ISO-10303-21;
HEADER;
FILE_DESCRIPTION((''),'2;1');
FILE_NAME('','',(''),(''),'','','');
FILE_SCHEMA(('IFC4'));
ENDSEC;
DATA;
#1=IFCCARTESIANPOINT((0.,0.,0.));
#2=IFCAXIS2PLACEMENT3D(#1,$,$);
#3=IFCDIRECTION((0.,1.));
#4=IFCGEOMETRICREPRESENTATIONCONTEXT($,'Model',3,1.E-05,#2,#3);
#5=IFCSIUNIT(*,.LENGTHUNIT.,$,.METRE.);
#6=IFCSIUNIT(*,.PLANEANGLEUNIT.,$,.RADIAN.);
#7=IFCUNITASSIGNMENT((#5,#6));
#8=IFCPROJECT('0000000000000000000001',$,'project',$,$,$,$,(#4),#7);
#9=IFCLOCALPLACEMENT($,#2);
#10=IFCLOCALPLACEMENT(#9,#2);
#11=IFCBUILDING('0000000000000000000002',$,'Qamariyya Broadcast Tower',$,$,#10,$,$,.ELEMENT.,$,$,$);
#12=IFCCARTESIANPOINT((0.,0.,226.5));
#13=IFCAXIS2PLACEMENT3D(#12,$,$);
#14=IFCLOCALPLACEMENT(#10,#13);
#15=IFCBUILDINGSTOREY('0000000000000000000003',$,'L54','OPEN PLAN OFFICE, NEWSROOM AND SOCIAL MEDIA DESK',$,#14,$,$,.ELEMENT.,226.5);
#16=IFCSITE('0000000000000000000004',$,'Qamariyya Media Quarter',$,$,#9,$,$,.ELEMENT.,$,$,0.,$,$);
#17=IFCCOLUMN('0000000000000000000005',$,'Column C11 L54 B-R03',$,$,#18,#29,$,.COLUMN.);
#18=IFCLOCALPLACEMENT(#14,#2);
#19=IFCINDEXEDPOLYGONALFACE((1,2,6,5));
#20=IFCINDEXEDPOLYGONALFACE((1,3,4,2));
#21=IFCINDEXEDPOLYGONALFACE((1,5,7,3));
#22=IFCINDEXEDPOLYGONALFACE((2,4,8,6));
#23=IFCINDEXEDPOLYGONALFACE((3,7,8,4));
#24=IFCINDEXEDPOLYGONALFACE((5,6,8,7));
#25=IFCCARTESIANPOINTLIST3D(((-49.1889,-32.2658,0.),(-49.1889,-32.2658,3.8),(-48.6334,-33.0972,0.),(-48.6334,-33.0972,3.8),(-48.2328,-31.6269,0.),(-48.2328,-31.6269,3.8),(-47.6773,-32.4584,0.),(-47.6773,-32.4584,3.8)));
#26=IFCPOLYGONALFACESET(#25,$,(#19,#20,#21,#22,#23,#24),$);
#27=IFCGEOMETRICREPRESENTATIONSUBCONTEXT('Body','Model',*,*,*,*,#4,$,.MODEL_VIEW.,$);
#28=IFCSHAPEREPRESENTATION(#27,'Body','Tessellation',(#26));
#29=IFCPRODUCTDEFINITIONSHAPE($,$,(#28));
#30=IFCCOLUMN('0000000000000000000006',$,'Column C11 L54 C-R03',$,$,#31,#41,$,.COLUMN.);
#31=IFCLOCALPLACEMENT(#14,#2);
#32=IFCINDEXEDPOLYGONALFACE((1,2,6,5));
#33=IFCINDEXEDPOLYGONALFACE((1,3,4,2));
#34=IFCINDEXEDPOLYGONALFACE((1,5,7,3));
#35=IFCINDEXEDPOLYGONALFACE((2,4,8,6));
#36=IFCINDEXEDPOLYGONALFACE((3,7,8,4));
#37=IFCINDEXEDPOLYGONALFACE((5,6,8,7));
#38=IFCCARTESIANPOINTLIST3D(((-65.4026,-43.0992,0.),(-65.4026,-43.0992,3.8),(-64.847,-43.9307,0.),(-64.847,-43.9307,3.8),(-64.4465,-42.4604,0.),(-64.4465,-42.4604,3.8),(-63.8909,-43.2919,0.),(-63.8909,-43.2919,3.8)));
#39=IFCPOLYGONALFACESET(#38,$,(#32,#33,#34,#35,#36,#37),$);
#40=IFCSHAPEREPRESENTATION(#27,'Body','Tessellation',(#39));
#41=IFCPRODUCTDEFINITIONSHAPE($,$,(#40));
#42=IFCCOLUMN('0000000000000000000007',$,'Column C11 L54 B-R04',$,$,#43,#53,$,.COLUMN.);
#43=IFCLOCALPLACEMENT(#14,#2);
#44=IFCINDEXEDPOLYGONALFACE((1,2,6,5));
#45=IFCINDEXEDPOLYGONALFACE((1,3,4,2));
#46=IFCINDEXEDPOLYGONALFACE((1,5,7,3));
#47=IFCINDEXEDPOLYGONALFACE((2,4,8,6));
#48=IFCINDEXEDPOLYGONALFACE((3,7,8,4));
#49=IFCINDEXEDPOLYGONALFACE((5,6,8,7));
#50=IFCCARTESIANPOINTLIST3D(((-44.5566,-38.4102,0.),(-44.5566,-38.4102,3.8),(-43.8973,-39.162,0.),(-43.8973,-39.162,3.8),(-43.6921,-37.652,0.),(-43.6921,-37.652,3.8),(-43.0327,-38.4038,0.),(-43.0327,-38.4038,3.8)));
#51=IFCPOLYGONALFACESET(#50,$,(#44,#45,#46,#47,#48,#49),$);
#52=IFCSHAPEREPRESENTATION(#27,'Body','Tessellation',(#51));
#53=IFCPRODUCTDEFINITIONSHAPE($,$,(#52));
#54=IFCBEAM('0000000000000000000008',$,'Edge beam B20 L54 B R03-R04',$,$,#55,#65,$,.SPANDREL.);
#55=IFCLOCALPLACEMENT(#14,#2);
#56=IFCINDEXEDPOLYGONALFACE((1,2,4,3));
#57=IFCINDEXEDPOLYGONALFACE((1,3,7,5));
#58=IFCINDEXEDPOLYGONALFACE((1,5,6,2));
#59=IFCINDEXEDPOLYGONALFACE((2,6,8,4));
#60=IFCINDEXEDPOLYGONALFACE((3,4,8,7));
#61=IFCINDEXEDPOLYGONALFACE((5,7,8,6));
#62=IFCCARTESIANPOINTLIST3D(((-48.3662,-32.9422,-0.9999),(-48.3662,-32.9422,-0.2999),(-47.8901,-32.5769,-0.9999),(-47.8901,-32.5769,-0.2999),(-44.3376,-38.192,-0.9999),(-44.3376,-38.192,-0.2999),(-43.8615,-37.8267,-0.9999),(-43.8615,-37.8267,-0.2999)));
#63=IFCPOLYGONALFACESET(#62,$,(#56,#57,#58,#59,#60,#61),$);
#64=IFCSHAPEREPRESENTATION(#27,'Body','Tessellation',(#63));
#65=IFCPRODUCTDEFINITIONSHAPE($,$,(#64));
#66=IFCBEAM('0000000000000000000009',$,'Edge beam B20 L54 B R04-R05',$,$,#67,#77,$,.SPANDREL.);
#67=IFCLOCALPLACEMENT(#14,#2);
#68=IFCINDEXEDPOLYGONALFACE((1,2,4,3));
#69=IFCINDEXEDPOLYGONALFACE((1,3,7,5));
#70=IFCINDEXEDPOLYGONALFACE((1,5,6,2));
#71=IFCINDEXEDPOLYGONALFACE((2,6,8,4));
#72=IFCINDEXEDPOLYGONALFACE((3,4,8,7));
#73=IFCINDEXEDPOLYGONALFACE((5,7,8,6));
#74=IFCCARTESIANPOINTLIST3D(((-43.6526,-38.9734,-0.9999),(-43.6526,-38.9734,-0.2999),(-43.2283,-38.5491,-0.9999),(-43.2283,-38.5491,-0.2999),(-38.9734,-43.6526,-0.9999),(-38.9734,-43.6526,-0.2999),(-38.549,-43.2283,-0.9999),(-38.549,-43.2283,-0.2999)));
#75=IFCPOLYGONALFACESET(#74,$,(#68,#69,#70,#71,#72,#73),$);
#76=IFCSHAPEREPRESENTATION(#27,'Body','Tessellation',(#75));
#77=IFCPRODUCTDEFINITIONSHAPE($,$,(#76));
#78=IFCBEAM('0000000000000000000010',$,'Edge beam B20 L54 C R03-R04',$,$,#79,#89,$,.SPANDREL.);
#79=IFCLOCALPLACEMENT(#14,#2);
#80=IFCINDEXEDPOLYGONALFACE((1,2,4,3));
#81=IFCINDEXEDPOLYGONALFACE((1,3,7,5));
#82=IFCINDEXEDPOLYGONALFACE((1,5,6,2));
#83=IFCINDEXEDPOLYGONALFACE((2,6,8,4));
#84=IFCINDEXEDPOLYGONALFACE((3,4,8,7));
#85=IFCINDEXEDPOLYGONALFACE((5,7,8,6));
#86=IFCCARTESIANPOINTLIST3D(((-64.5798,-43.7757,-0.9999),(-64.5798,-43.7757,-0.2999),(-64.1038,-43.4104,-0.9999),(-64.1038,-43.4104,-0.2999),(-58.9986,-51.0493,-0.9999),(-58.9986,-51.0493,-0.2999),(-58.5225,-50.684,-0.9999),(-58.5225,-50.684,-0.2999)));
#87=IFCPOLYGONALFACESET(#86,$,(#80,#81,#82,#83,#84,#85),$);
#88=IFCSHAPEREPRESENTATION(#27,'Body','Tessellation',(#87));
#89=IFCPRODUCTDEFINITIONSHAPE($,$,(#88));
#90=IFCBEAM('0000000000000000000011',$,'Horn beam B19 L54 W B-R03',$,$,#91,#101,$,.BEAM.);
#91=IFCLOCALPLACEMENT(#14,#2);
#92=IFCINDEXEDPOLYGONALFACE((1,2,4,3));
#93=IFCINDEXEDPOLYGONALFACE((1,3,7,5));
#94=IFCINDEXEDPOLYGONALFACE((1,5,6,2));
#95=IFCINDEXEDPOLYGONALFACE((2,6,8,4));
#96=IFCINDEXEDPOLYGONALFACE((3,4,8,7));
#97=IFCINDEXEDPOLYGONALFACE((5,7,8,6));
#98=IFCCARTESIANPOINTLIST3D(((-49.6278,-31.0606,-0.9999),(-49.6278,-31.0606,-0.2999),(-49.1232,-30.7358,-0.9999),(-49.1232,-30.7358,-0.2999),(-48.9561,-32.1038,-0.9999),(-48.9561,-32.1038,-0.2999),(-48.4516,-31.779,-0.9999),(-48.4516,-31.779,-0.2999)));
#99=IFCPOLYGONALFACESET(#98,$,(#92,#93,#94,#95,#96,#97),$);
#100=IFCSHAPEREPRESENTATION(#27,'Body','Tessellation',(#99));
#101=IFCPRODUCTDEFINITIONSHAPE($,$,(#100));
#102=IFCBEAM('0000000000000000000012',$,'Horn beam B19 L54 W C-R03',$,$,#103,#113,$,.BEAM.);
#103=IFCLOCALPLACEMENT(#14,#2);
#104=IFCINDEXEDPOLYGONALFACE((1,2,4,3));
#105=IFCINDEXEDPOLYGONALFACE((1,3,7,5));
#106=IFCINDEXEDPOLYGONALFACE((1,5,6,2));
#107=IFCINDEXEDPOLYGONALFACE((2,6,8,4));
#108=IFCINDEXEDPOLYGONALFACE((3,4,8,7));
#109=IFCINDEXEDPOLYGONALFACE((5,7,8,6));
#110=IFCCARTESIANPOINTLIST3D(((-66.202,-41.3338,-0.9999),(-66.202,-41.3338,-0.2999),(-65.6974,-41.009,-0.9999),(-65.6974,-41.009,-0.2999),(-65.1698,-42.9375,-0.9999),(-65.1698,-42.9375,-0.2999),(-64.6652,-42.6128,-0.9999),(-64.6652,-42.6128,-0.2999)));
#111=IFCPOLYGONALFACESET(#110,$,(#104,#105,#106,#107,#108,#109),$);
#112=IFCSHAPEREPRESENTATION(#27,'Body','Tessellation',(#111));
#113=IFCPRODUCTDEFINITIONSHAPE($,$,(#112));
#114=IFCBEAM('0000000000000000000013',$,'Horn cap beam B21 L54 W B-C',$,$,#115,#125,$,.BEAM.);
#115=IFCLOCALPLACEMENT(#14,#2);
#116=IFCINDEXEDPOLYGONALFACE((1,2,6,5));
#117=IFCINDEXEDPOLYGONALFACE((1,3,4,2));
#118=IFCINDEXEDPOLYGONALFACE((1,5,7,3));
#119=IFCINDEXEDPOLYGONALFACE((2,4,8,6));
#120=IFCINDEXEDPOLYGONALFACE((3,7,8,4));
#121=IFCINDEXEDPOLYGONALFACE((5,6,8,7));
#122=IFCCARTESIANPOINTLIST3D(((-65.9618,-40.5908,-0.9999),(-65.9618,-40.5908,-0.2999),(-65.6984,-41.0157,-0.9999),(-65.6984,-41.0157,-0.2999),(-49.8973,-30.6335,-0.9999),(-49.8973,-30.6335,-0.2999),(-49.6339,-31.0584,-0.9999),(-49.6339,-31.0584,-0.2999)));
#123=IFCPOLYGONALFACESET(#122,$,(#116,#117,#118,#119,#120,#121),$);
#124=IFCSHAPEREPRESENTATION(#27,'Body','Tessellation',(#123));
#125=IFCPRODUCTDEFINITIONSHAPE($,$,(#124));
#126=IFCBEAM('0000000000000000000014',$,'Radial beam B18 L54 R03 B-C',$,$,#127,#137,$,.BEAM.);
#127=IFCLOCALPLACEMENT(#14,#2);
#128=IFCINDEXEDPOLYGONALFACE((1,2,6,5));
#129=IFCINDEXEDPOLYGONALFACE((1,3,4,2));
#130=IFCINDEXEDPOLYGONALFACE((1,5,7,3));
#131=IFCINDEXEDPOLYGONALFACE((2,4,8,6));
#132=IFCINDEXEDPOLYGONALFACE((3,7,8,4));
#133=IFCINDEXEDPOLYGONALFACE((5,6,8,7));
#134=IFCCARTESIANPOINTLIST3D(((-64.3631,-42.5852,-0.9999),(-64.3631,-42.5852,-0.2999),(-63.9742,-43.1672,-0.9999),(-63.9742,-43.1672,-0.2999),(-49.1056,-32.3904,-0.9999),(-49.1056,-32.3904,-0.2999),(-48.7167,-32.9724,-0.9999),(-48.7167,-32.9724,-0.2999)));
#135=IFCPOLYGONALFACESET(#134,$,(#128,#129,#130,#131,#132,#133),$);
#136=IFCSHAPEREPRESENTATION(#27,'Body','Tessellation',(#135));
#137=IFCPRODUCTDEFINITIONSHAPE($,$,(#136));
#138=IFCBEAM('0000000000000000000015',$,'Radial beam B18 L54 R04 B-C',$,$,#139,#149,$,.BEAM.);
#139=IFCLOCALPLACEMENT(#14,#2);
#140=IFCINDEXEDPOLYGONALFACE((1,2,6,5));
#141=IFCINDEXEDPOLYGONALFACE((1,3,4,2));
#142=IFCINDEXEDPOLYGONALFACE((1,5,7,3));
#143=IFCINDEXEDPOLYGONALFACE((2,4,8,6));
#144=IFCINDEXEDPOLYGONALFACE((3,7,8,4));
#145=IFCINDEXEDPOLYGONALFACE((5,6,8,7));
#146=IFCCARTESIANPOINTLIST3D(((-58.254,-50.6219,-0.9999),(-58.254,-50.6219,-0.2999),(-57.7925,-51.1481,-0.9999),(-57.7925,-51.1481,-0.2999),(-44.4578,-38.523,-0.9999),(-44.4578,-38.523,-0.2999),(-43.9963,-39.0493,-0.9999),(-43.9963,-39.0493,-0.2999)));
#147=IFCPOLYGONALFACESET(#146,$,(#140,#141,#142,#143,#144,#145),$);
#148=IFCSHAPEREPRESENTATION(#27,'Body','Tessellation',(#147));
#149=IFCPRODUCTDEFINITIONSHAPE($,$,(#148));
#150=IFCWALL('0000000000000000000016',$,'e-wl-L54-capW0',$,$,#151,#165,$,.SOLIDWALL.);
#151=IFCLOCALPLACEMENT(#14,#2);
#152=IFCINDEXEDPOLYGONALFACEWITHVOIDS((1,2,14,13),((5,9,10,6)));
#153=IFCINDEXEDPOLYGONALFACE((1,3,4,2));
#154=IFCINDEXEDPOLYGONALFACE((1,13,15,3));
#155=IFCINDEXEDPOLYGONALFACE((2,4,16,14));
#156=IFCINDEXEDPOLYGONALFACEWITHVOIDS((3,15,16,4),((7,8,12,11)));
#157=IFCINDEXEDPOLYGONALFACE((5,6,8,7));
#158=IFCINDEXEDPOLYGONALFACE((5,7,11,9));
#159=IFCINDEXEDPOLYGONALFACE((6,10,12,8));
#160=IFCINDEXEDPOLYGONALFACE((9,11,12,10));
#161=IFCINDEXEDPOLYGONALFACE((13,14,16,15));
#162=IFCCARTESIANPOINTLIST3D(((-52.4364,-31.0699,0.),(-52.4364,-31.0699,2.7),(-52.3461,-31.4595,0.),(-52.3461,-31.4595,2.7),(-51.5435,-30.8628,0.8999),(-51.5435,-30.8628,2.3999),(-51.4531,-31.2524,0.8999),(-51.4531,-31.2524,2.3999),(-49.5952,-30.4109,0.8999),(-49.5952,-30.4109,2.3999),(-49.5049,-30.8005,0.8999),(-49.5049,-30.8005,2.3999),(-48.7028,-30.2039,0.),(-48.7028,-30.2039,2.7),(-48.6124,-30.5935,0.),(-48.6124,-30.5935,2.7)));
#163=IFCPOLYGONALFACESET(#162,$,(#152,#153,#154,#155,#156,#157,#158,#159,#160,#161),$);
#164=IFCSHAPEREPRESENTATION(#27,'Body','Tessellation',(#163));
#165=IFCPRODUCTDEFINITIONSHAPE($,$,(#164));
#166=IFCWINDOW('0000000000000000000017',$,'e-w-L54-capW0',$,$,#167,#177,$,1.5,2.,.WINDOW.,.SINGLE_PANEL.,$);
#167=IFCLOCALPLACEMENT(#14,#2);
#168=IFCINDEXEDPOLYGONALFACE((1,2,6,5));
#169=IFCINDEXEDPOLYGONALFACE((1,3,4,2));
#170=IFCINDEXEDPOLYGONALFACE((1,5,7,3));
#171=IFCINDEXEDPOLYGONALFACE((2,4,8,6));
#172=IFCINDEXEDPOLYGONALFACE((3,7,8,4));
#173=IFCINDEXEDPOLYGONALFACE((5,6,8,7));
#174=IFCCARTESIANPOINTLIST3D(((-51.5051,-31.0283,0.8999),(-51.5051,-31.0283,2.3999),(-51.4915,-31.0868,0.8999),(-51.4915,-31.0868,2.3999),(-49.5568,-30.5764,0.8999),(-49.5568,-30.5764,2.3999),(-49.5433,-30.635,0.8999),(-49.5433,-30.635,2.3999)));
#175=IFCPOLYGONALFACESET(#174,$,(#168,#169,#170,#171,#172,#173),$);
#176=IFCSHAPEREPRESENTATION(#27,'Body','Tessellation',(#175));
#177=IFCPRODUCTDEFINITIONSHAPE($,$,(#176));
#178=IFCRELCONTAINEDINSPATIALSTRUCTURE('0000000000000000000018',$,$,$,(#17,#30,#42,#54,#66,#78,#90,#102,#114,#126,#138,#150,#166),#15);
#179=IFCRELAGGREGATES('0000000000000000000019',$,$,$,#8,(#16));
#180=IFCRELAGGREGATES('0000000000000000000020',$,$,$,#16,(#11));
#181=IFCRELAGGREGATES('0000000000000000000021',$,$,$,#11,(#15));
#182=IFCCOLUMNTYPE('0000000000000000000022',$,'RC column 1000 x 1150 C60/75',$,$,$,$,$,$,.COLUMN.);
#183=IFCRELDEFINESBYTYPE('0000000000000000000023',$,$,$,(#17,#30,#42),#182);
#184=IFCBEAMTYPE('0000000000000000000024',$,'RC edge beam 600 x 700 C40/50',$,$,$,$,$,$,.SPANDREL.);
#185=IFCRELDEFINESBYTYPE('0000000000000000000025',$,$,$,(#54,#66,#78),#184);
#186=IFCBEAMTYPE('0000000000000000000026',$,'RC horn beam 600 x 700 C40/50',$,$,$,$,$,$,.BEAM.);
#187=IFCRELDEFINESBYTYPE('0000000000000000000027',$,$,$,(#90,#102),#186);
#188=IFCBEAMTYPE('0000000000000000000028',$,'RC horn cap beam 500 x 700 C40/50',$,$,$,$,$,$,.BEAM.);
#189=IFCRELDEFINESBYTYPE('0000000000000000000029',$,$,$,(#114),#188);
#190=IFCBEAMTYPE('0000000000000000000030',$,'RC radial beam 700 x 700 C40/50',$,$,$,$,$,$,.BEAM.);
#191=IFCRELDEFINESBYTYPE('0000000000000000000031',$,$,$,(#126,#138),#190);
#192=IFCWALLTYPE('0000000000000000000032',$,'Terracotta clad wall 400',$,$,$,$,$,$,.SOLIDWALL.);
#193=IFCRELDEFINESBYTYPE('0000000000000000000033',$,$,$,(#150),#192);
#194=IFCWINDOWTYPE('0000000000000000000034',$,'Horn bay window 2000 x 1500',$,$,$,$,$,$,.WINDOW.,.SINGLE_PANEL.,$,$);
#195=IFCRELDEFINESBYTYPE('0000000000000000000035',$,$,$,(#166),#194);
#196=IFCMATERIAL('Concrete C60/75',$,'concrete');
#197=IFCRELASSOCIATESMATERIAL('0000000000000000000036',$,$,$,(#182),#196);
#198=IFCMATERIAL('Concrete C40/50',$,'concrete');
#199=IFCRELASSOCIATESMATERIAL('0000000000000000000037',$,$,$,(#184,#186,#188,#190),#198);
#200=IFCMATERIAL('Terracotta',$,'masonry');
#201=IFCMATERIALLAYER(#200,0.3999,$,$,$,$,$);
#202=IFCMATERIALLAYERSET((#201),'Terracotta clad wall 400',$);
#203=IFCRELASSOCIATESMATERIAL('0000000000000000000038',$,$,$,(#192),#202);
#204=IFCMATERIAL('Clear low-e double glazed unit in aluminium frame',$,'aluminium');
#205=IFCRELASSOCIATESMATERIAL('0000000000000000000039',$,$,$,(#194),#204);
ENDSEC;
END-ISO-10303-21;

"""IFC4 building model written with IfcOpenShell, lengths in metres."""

from ifc_helpers import new_model, si_unit, direction, frame, frame_2d, origin, origin_2d, place, context, subcontext, project, spatial, rectangle, extrude, material, layer, layer_set, material_profile, profile_set, type_object, element, fill, save


model = new_model("IFC4")

# Units and contexts
model_context = context("Model", 3, precision=1e-05, world=origin(), true_north=direction((0.0, 1.0)))
body_context = subcontext(model_context, "Body", "Model", "MODEL_VIEW")
ifc_project = project(units=[si_unit("LENGTHUNIT", "METRE"), si_unit("PLANEANGLEUNIT", "RADIAN")], contexts=[model_context])

# Site, building, storey
site_placement = place(None, origin())
site = spatial("IfcSite", under=ifc_project, at=site_placement, Name="Qamariyya Media Quarter", CompositionType="ELEMENT", RefElevation=0.0)
building_placement = place(site_placement, origin())
building = spatial("IfcBuilding", under=site, at=building_placement, Name="Qamariyya Broadcast Tower", CompositionType="ELEMENT")
storey_placement = place(building_placement, frame((0.0, 0.0, 226.5)))
storey = spatial("IfcBuildingStorey", under=building, at=storey_placement, Name="L54", Description="OPEN PLAN OFFICE, NEWSROOM AND SOCIAL MEDIA DESK", CompositionType="ELEMENT", Elevation=226.5)

# Columns
ifc_material_1 = material(Name="Concrete C60/75", Category="concrete")
ifc_material_profile_1 = material_profile(ifc_material_1, rectangle(XDim=1.0, YDim=1.1499, at=origin_2d()))
ifc_profile_set_1 = profile_set([ifc_material_profile_1], Name="Concrete C60/75")
column_type = type_object("IfcColumnType", Name="RC column 1000 x 1150 C60/75", PredefinedType="COLUMN", material=ifc_profile_set_1)
for number, where, z_axis, x_axis, name in (
    (1, (-48.4331, -32.3621, 0.0), (0.0, 0.0, 1.0), (0.55557, -0.83147, 0.0), "Column C11 L54 B-R03"),
    (2, (-64.6467, -43.1956, 0.0), (0.0, 0.0, 1.0), (0.55557, -0.83147, 0.0), "Column C11 L54 C-R03"),
    (3, (-43.7947, -38.407, 0.0), (0.0, 0.0, 1.0), (0.659346, -0.75184, 0.0), "Column C11 L54 B-R04"),
):
    element("IfcColumn", number, at=place(storey_placement, frame(where, z_axis=z_axis, x_axis=x_axis)), inside=storey, type_object=column_type, Name=name, PredefinedType="COLUMN", context=body_context, shape_type="SweptSolid", body=[
        extrude(rectangle(XDim=1.0, YDim=1.1499, at=origin_2d()), origin(), (0.0, 0.0, 1.0), 3.8),
    ])

# Beams
ifc_material_2 = material(Name="Concrete C40/50", Category="concrete")
ifc_material_profile_2 = material_profile(ifc_material_2, rectangle(XDim=0.6001, YDim=0.7, at=origin_2d()))
ifc_profile_set_2 = profile_set([ifc_material_profile_2], Name="Concrete C40/50")
beam_type_1 = type_object("IfcBeamType", Name="RC edge beam 600 x 700 C40/50", PredefinedType="SPANDREL", material=ifc_profile_set_2)
for number, where, z_axis, x_axis, name in (
    (4, (-48.1282, -32.7595, -0.6499), (0.608789, -0.793333, 0.0), (0.793333, 0.608789, 0.0), "Edge beam B20 L54 B R03-R04"),
    (5, (-43.4404, -38.7612, -0.6499), (0.707107, -0.707107, 0.0), (0.707107, 0.707107, 0.0), "Edge beam B20 L54 B R04-R05"),
):
    element("IfcBeam", number, at=place(storey_placement, frame(where, z_axis=z_axis, x_axis=x_axis)), inside=storey, type_object=beam_type_1, Name=name, PredefinedType="SPANDREL", context=body_context, shape_type="SweptSolid", body=[
        extrude(rectangle(XDim=0.6001, YDim=0.7, at=origin_2d()), origin(), (0.0, 0.0, 1.0), 6.6174),
    ])
beam_1_placement = place(storey_placement, frame((-64.3418, -43.593, -0.6499), z_axis=(0.608762, -0.793353, 0.0), x_axis=(0.793353, 0.608762, 0.0)))
element("IfcBeam", 6, at=beam_1_placement, inside=storey, type_object=beam_type_1, Name="Edge beam B20 L54 C R03-R04", PredefinedType="SPANDREL", context=body_context, shape_type="SweptSolid", body=[
    extrude(rectangle(XDim=0.6001, YDim=0.7, at=origin_2d()), origin(), (0.0, 0.0, 1.0), 9.1682),
])
ifc_material_profile_3 = material_profile(ifc_material_2, rectangle(XDim=0.6001, YDim=0.7, at=origin_2d()))
ifc_profile_set_3 = profile_set([ifc_material_profile_3], Name="Concrete C40/50")
beam_type_2 = type_object("IfcBeamType", Name="RC horn beam 600 x 700 C40/50", PredefinedType="BEAM", material=ifc_profile_set_3)
beam_2_placement = place(storey_placement, frame((-48.7039, -31.9414, -0.6499), z_axis=(-0.541324, 0.840814, 0.0), x_axis=(-0.840814, -0.541324, 0.0)))
element("IfcBeam", 7, at=beam_2_placement, inside=storey, type_object=beam_type_2, Name="Horn beam B19 L54 W B-R03", PredefinedType="BEAM", context=body_context, shape_type="SweptSolid", body=[
    extrude(rectangle(XDim=0.6001, YDim=0.7, at=origin_2d()), origin(), (0.0, 0.0, 1.0), 1.2407),
])
beam_3_placement = place(storey_placement, frame((-64.9175, -42.7751, -0.6499), z_axis=(-0.541217, 0.840883, 0.0), x_axis=(-0.840883, -0.541217, 0.0)))
element("IfcBeam", 8, at=beam_3_placement, inside=storey, type_object=beam_type_2, Name="Horn beam B19 L54 W C-R03", PredefinedType="BEAM", context=body_context, shape_type="SweptSolid", body=[
    extrude(rectangle(XDim=0.6001, YDim=0.7, at=origin_2d()), origin(), (0.0, 0.0, 1.0), 1.9072),
])
ifc_material_profile_4 = material_profile(ifc_material_2, rectangle(XDim=0.5, YDim=0.7, at=origin_2d()))
ifc_profile_set_4 = profile_set([ifc_material_profile_4], Name="Concrete C40/50")
beam_type_3 = type_object("IfcBeamType", Name="RC horn cap beam 500 x 700 C40/50", PredefinedType="BEAM", material=ifc_profile_set_4)
beam_4_placement = place(storey_placement, frame((-49.7656, -30.8459, -0.6499), z_axis=(-0.849966, -0.526837, 0.0), x_axis=(0.526837, -0.849966, 0.0)))
element("IfcBeam", 9, at=beam_4_placement, inside=storey, type_object=beam_type_3, Name="Horn cap beam B21 L54 W B-C", PredefinedType="BEAM", context=body_context, shape_type="SweptSolid", body=[
    extrude(rectangle(XDim=0.5, YDim=0.7, at=origin_2d()), origin(), (0.0, 0.0, 1.0), 18.9001),
])
ifc_material_profile_5 = material_profile(ifc_material_2, rectangle(XDim=0.7, YDim=0.7, at=origin_2d()))
ifc_profile_set_5 = profile_set([ifc_material_profile_5], Name="Concrete C40/50")
beam_type_4 = type_object("IfcBeamType", Name="RC radial beam 700 x 700 C40/50", PredefinedType="BEAM", material=ifc_profile_set_5)
beam_5_placement = place(storey_placement, frame((-48.9111, -32.6814, -0.6499), z_axis=(-0.831469, -0.555572, 0.0), x_axis=(0.555572, -0.831469, 0.0)))
element("IfcBeam", 10, at=beam_5_placement, inside=storey, type_object=beam_type_4, Name="Radial beam B18 L54 R03 B-C", PredefinedType="BEAM", context=body_context, shape_type="SweptSolid", body=[
    extrude(rectangle(XDim=0.7, YDim=0.7, at=origin_2d()), origin(), (0.0, 0.0, 1.0), 18.3501),
])
beam_6_placement = place(storey_placement, frame((-44.2271, -38.7861, -0.6499), z_axis=(-0.75184, -0.659345, 0.0), x_axis=(0.659345, -0.75184, 0.0)))
element("IfcBeam", 11, at=beam_6_placement, inside=storey, type_object=beam_type_4, Name="Radial beam B18 L54 R04 B-C", PredefinedType="BEAM", context=body_context, shape_type="SweptSolid", body=[
    extrude(rectangle(XDim=0.7, YDim=0.7, at=origin_2d()), origin(), (0.0, 0.0, 1.0), 18.3499),
])

# Wall, opening, window
ifc_material_3 = material(Name="Terracotta", Category="masonry")
ifc_layer = layer(ifc_material_3, 0.3999)
ifc_layer_set = layer_set([ifc_layer], Name="Terracotta clad wall 400")
wall_type = type_object("IfcWallType", Name="Terracotta clad wall 400", PredefinedType="SOLIDWALL", material=ifc_layer_set)
wall_1_placement = place(storey_placement, frame((-48.6575, -30.3987, 0.0), z_axis=(0.0, 0.0, 1.0), x_axis=(-0.974142, -0.225939, 0.0)))
wall_1 = element("IfcWall", 12, at=wall_1_placement, inside=storey, type_object=wall_type, Name="e-wl-L54-capW0", PredefinedType="SOLIDWALL", context=body_context, shape_type="SweptSolid", body=[
    extrude(rectangle(XDim=3.8328, YDim=0.3999, at=frame_2d((1.9165, 0.0))), origin(), (0.0, 0.0, 1.0), 2.7),
])
opening_1_placement = place(wall_1_placement, frame((0.9163, 0.0, 0.8999)))
opening_1 = element("IfcOpeningElement", 13, at=opening_1_placement, cuts=wall_1, PredefinedType="OPENING", context=body_context, shape_type="SweptSolid", body=[
    extrude(rectangle(XDim=2.0, YDim=1.5, at=frame_2d((1.0, 0.75))), frame((0.0, 0.21, 0.0), z_axis=(0.0, -1.0, 0.0), x_axis=(1.0, 0.0, 0.0)), (0.0, 0.0, 1.0), 0.4199),
])
ifc_material_4 = material(Name="Clear low-e double glazed unit in aluminium frame", Category="aluminium")
window_type_1 = type_object("IfcWindowType", Name="Horn bay window 2000 x 1500", PartitioningType="SINGLE_PANEL", PredefinedType="WINDOW", material=ifc_material_4)
window_1_placement = place(opening_1_placement, origin())
window_1 = element("IfcWindow", 14, at=window_1_placement, inside=storey, type_object=window_type_1, Name="e-w-L54-capW0", OverallHeight=1.5, OverallWidth=2.0, PartitioningType="SINGLE_PANEL", PredefinedType="WINDOW", context=body_context, shape_type="SweptSolid", body=[
    extrude(rectangle(XDim=2.0, YDim=1.5, at=frame_2d((1.0, 0.75))), frame((0.0, 0.03, 0.0), z_axis=(0.0, -1.0, 0.0), x_axis=(1.0, 0.0, 0.0)), (0.0, 0.0, 1.0), 0.0601),
])
fill(opening_1, window_1)

save(model, "model.ifc")
